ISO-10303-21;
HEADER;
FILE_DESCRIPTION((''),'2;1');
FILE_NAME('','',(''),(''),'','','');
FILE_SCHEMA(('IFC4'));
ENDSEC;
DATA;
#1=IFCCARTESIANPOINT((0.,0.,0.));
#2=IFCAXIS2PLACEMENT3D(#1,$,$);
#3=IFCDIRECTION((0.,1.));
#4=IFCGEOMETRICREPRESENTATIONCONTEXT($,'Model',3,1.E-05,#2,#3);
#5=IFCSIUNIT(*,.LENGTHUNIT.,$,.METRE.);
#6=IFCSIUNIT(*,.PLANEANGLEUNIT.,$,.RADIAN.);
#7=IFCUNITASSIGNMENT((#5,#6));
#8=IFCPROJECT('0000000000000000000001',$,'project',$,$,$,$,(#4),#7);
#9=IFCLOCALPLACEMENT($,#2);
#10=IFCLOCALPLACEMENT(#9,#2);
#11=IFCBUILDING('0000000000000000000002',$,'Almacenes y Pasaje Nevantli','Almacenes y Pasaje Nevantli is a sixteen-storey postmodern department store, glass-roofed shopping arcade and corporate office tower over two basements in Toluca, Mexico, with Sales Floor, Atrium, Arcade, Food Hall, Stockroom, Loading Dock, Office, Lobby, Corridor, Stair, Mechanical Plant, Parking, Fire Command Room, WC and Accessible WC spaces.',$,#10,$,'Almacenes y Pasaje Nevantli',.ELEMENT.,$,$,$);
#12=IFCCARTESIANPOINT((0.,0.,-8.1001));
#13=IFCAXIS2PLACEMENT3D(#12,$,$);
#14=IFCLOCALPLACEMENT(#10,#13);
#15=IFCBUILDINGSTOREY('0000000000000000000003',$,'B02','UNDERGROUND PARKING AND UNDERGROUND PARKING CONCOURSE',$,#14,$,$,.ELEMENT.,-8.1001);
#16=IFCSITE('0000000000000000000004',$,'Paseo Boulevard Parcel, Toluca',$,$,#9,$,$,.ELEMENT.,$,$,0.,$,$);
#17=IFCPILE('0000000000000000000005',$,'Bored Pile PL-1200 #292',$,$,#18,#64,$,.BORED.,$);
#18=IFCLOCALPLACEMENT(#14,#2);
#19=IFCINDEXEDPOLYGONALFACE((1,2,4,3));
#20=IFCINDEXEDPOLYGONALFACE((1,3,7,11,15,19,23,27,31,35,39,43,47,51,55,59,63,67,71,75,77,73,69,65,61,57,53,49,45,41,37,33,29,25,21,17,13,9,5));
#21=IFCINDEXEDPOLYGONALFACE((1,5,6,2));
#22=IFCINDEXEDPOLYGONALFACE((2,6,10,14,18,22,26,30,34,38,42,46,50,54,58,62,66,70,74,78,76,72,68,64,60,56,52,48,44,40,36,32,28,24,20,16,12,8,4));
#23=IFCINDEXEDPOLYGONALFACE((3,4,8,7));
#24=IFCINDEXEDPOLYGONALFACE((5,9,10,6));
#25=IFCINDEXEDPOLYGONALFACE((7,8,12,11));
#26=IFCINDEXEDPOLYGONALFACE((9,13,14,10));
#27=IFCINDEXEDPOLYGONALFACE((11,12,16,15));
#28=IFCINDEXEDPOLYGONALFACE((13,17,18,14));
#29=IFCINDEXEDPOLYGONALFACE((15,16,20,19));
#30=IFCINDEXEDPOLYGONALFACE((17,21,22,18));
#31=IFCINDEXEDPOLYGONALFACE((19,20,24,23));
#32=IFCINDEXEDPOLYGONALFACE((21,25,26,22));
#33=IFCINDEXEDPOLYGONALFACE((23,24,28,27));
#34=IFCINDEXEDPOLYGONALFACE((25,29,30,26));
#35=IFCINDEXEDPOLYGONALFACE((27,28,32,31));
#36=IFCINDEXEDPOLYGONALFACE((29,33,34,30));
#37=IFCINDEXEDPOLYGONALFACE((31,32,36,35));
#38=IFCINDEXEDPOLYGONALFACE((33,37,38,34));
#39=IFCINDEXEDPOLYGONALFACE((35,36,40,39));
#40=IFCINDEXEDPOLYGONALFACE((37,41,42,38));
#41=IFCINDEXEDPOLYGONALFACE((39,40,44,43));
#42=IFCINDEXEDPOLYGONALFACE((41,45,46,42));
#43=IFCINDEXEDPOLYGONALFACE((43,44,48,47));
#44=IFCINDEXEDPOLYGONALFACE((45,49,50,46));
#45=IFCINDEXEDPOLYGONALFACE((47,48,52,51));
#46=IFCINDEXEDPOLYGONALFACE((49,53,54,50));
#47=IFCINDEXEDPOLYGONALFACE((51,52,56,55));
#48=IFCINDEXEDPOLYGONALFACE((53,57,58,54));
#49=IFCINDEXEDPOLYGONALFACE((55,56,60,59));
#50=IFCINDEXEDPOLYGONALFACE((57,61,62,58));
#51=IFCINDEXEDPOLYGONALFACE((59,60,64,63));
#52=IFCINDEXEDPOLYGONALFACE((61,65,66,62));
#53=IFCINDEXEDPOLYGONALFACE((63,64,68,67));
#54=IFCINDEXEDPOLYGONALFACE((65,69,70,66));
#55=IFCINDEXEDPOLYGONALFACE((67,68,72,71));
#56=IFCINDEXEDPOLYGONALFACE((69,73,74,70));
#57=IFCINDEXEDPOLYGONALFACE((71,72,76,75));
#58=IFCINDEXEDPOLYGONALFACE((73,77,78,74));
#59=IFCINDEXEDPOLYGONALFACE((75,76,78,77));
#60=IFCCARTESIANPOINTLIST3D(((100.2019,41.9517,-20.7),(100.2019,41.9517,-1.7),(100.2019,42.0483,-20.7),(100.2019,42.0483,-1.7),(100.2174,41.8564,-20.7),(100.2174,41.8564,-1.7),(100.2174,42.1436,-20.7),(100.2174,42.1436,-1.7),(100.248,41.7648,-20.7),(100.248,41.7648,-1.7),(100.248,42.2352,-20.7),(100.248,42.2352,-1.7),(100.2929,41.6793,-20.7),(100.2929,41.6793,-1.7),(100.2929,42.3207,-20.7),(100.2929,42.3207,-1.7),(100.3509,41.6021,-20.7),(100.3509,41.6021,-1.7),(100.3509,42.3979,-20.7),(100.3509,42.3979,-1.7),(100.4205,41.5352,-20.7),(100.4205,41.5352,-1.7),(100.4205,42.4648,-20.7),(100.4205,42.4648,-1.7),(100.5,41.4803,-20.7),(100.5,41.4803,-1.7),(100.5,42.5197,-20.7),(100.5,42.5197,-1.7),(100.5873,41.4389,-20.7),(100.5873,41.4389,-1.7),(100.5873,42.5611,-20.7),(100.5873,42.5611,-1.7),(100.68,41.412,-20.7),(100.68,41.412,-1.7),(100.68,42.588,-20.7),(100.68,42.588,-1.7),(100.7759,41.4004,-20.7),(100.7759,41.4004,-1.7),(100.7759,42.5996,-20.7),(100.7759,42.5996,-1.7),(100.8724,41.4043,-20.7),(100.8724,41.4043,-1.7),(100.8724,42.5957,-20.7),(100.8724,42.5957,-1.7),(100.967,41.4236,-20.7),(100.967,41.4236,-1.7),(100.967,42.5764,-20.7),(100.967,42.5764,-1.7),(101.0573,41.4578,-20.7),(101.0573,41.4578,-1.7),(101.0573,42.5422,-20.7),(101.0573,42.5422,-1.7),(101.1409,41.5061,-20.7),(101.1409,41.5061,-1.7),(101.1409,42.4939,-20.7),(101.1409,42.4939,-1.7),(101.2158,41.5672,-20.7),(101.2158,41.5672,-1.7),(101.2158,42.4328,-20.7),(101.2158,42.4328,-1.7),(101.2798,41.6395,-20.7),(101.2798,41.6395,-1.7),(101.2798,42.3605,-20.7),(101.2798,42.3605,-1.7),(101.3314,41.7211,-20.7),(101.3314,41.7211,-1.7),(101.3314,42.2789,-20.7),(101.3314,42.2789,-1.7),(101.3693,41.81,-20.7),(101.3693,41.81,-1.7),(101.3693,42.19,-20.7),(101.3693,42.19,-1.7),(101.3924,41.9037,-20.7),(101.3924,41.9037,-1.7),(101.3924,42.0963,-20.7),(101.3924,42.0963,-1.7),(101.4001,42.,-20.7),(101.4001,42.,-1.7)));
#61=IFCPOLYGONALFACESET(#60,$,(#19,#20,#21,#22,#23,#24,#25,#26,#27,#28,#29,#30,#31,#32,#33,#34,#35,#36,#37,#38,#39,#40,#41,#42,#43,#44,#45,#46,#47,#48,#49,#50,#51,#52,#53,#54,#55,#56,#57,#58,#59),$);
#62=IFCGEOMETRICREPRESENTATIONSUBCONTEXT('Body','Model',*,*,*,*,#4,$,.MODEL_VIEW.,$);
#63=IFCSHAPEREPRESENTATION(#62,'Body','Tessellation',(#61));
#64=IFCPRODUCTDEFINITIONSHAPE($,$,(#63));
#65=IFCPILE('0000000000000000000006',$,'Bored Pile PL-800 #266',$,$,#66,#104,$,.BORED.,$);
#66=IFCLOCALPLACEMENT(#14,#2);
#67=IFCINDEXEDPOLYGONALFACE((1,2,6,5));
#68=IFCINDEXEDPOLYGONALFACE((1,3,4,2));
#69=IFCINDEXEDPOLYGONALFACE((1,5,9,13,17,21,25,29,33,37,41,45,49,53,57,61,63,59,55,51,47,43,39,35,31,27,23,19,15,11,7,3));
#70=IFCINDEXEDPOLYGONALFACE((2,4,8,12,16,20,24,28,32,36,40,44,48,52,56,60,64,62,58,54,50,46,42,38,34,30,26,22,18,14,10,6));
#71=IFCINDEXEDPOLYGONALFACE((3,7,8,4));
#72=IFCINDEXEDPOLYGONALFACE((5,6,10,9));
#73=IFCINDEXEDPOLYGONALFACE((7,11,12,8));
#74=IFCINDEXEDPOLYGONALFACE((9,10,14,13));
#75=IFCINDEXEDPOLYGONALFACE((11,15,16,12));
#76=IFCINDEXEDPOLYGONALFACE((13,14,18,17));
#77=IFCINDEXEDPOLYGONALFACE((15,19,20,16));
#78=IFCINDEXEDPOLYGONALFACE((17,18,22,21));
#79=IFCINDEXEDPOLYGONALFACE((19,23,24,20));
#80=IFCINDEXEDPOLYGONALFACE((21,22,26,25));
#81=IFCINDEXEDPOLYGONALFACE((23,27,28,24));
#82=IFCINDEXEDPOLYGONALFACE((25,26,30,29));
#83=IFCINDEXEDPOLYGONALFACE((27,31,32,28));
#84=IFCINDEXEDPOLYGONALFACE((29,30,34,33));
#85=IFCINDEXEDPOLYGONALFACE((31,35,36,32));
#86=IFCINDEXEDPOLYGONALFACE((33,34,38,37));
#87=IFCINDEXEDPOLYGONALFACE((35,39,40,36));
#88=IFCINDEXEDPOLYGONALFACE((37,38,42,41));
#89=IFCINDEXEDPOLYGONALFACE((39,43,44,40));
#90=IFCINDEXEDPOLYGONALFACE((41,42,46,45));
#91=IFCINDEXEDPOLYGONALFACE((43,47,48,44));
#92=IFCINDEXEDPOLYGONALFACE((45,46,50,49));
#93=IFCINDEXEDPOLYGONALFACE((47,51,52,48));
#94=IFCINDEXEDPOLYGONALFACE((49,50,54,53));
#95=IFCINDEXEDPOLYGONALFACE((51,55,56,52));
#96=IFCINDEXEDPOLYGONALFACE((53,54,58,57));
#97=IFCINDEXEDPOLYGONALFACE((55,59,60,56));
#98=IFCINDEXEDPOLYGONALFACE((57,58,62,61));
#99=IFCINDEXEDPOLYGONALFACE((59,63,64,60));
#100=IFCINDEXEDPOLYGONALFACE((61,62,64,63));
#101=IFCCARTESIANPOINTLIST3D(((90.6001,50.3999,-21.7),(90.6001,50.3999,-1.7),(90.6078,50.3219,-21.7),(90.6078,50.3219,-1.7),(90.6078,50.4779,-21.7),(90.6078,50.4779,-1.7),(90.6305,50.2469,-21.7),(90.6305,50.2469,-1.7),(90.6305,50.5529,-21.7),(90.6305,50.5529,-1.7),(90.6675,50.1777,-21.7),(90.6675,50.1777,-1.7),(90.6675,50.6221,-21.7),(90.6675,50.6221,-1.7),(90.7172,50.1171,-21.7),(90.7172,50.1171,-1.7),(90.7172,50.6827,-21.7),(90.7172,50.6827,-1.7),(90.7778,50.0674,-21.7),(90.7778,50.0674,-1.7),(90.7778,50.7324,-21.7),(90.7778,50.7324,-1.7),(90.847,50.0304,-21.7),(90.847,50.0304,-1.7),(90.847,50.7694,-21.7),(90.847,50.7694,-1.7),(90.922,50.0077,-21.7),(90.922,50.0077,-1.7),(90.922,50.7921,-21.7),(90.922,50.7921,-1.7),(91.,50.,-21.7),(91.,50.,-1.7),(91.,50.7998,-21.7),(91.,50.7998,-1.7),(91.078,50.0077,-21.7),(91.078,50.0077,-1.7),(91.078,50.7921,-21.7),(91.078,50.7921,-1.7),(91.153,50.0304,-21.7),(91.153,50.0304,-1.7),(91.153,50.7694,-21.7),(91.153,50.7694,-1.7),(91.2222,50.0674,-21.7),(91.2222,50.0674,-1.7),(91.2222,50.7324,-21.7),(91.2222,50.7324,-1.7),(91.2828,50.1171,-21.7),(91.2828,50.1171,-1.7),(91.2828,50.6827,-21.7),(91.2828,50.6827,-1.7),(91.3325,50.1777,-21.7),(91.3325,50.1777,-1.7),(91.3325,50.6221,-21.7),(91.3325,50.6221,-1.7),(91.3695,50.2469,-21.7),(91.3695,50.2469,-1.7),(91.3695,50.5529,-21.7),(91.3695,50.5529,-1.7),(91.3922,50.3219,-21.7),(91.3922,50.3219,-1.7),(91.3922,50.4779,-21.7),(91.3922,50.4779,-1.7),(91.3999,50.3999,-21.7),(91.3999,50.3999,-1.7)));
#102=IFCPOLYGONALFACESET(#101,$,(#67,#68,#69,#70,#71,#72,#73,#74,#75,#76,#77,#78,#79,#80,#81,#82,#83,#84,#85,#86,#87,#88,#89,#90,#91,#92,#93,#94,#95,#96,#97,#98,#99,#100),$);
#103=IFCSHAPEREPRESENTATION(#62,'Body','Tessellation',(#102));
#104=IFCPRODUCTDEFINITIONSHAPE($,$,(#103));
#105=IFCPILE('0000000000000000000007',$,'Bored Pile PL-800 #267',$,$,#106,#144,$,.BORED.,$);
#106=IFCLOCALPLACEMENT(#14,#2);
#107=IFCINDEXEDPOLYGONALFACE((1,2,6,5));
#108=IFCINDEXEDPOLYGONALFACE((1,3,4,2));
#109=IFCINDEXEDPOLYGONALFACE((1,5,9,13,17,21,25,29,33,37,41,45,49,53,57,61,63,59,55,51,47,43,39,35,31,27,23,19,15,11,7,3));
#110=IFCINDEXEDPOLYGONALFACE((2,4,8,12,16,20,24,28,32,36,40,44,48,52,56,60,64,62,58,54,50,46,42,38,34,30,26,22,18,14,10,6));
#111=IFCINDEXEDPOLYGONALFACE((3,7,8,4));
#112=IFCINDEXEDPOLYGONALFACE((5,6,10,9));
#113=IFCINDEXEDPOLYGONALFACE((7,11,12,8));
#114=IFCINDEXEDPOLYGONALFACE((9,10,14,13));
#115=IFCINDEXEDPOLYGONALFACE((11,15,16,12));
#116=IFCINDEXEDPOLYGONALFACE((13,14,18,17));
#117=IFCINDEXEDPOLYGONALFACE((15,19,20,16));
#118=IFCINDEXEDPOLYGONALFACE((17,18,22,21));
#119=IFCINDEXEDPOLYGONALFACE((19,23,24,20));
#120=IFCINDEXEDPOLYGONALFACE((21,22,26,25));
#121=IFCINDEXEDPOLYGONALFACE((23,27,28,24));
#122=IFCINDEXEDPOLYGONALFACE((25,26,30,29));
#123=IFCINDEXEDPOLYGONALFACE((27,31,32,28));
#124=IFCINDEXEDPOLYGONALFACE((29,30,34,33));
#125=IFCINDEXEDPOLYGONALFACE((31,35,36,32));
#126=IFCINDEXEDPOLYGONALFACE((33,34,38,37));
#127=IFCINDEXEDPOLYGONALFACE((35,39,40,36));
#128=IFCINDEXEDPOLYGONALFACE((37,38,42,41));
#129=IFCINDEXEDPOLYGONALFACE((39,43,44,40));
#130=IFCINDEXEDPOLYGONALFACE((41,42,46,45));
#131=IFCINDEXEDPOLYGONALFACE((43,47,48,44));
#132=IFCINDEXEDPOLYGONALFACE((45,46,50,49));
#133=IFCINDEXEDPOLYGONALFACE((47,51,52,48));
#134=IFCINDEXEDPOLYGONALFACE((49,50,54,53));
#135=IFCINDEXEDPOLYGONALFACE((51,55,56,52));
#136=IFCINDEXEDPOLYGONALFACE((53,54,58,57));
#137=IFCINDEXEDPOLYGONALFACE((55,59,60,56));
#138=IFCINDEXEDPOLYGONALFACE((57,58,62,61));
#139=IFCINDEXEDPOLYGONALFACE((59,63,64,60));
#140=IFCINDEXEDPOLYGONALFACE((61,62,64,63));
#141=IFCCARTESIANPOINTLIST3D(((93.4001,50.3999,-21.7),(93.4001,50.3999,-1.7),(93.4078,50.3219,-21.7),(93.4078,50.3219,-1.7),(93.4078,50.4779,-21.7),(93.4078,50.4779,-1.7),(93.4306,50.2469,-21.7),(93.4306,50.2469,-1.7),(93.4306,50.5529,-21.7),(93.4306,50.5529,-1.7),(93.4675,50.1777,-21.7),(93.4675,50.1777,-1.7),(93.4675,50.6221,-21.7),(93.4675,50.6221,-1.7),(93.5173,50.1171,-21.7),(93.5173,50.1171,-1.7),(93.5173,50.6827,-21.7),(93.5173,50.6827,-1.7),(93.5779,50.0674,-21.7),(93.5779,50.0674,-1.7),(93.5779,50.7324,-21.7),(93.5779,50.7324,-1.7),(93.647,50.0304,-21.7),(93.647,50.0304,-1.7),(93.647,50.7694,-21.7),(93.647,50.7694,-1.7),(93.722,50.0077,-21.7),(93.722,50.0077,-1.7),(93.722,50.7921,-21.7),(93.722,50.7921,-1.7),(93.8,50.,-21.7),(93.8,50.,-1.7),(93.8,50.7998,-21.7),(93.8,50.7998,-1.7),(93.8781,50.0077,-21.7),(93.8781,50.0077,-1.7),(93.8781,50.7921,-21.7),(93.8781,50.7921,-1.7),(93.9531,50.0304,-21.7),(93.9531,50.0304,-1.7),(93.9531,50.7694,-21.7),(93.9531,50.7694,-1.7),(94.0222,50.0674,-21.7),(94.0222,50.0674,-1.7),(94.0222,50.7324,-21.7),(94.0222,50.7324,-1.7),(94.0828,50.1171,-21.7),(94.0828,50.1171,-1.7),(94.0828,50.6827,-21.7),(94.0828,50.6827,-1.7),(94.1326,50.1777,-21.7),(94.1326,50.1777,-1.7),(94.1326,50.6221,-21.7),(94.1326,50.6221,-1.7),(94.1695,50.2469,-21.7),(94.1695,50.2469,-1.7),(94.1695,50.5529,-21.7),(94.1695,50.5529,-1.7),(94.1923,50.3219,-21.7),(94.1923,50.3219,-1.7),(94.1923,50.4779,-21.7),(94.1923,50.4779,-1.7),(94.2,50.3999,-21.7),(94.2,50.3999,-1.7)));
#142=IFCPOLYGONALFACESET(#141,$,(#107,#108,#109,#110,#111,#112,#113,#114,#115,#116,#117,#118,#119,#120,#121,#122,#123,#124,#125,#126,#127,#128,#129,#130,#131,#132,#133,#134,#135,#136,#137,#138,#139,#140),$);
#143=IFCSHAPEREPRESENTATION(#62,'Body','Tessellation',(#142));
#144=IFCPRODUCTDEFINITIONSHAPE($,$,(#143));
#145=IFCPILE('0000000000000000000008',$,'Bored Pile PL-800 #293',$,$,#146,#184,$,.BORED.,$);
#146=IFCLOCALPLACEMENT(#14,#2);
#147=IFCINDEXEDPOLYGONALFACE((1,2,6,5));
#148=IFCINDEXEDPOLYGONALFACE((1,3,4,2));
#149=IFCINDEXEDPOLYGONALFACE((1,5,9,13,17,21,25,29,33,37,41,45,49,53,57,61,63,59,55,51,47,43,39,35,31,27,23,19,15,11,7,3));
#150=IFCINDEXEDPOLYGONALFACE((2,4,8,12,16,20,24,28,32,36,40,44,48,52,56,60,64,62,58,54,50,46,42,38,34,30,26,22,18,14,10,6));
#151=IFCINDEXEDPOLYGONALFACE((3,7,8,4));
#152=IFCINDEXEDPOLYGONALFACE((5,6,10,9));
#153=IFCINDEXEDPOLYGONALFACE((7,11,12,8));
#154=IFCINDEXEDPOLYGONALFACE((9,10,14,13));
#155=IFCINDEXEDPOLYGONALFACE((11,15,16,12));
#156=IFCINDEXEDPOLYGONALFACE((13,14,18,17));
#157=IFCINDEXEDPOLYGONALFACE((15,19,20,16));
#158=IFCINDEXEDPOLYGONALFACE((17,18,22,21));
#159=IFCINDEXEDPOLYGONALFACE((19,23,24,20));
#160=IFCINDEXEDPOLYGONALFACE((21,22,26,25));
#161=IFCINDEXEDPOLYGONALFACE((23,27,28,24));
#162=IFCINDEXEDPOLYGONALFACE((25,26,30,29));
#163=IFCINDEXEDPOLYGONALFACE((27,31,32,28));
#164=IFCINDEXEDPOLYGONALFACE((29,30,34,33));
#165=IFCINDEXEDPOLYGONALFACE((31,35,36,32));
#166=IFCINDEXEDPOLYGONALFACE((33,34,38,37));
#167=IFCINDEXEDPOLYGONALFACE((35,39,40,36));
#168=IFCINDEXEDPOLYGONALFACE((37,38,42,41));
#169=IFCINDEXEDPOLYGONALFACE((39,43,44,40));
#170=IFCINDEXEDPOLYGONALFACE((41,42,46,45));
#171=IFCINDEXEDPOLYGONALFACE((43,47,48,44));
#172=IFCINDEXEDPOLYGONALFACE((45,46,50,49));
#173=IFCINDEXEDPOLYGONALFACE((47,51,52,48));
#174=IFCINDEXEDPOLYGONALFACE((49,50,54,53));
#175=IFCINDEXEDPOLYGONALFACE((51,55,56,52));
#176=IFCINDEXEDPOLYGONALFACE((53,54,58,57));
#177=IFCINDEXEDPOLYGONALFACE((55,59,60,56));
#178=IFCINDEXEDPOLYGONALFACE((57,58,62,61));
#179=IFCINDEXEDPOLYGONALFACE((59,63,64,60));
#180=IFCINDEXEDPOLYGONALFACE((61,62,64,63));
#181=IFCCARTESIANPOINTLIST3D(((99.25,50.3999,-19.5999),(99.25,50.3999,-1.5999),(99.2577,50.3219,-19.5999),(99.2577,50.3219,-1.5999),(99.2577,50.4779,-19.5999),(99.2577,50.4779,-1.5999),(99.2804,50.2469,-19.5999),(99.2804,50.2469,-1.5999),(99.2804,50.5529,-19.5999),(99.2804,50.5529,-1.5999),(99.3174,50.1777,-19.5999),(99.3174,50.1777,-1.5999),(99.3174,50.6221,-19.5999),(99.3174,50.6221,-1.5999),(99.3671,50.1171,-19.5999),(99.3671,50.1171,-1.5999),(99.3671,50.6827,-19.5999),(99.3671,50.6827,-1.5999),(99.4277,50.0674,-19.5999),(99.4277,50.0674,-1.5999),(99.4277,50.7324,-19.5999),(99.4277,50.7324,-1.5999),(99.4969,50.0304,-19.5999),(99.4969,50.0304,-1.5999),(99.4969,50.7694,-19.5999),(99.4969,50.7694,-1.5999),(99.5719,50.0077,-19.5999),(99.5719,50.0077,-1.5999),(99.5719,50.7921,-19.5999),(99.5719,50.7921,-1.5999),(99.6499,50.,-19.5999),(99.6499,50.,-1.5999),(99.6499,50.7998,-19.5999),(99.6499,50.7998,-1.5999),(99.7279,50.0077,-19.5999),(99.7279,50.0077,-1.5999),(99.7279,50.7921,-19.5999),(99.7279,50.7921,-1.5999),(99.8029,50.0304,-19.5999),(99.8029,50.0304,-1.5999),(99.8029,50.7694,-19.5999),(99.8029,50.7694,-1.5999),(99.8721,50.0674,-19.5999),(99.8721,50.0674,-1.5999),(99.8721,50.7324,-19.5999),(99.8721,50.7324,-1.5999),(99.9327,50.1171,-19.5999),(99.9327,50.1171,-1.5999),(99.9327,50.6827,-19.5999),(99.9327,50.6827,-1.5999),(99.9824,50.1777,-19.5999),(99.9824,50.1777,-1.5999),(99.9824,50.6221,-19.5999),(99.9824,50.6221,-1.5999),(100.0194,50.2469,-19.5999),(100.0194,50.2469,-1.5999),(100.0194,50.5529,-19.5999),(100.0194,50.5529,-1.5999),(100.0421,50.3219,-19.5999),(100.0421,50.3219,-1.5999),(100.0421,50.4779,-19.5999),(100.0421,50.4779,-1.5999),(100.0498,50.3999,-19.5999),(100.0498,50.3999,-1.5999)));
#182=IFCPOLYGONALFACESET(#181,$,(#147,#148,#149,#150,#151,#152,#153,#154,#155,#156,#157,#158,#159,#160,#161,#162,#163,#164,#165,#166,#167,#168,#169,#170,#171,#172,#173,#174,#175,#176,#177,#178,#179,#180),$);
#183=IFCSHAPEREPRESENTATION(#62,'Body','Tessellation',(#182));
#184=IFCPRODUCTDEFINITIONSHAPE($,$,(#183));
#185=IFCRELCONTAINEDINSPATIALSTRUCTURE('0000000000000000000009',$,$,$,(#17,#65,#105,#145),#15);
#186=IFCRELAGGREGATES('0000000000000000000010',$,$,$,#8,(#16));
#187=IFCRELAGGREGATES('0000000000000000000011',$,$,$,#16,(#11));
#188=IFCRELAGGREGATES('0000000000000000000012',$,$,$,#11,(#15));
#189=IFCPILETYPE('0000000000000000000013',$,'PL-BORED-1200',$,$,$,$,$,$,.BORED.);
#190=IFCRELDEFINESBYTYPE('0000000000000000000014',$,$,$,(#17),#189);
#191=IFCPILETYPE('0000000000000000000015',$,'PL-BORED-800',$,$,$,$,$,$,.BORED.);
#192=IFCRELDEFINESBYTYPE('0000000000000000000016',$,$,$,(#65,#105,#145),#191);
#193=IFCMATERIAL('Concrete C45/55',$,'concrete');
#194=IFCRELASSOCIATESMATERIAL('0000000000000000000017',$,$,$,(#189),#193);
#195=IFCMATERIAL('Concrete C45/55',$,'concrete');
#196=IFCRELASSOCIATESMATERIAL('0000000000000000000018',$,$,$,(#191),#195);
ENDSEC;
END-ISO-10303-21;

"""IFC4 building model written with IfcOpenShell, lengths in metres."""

from ifc_helpers import new_model, si_unit, direction, frame, origin, origin_2d, place, context, subcontext, project, spatial, circle, extrude, material, material_profile, profile_set, type_object, element, save


model = new_model("IFC4")

# Units and contexts
model_context = context("Model", 3, precision=1e-05, world=origin(), true_north=direction((0.0, 1.0)))
body_context = subcontext(model_context, "Body", "Model", "MODEL_VIEW")
ifc_project = project(units=[si_unit("LENGTHUNIT", "METRE"), si_unit("PLANEANGLEUNIT", "RADIAN")], contexts=[model_context])

# Site, building, storey
site_placement = place(None, origin())
site = spatial("IfcSite", under=ifc_project, at=site_placement, Name="Paseo Boulevard Parcel, Toluca", CompositionType="ELEMENT", RefElevation=0.0)
building_placement = place(site_placement, origin())
building = spatial("IfcBuilding", under=site, at=building_placement, Name="Almacenes y Pasaje Nevantli", Description="Almacenes y Pasaje Nevantli is a sixteen-storey postmodern department store, glass-roofed shopping arcade and corporate office tower over two basements in Toluca, Mexico, with Sales Floor, Atrium, Arcade, Food Hall, Stockroom, Loading Dock, Office, Lobby, Corridor, Stair, Mechanical Plant, Parking, Fire Command Room, WC and Accessible WC spaces.", LongName="Almacenes y Pasaje Nevantli", CompositionType="ELEMENT")
storey_placement = place(building_placement, frame((0.0, 0.0, -8.1001)))
storey = spatial("IfcBuildingStorey", under=building, at=storey_placement, Name="B02", Description="UNDERGROUND PARKING AND UNDERGROUND PARKING CONCOURSE", CompositionType="ELEMENT", Elevation=-8.1001)

# Piles
ifc_material_1 = material(Name="Concrete C45/55", Category="concrete")
ifc_material_profile_1 = material_profile(ifc_material_1, circle(Radius=0.6001, at=origin_2d()), Name="RC-PILE-D1200")
ifc_profile_set_1 = profile_set([ifc_material_profile_1], Name="Concrete C45/55")
pile_type_1 = type_object("IfcPileType", Name="PL-BORED-1200", PredefinedType="BORED", material=ifc_profile_set_1)
pile_placement = place(storey_placement, frame((100.8, 42.0, -1.7), z_axis=(0.0, 0.0, -1.0), x_axis=(1.0, 0.0, 0.0)))
element("IfcPile", 1, at=pile_placement, inside=storey, type_object=pile_type_1, Name="Bored Pile PL-1200 #292", PredefinedType="BORED", context=body_context, shape_type="SweptSolid", body=[
    extrude(circle(Radius=0.6001, at=origin_2d()), origin(), (0.0, 0.0, 1.0), 19.0),
])
ifc_material_2 = material(Name="Concrete C45/55", Category="concrete")
ifc_material_profile_2 = material_profile(ifc_material_2, circle(Radius=0.3999, at=origin_2d()), Name="RC-PILE-D800")
ifc_profile_set_2 = profile_set([ifc_material_profile_2], Name="Concrete C45/55")
pile_type_2 = type_object("IfcPileType", Name="PL-BORED-800", PredefinedType="BORED", material=ifc_profile_set_2)
for number, where, z_axis, x_axis, name in (
    (2, (91.0, 50.3999, -1.7), (0.0, 0.0, -1.0), (1.0, 0.0, 0.0), "Bored Pile PL-800 #266"),
    (3, (93.8, 50.3999, -1.7), (0.0, 0.0, -1.0), (1.0, 0.0, 0.0), "Bored Pile PL-800 #267"),
):
    element("IfcPile", number, at=place(storey_placement, frame(where, z_axis=z_axis, x_axis=x_axis)), inside=storey, type_object=pile_type_2, Name=name, PredefinedType="BORED", context=body_context, shape_type="SweptSolid", body=[
        extrude(circle(Radius=0.3999, at=origin_2d()), origin(), (0.0, 0.0, 1.0), 20.0),
    ])
for number, where, z_axis, x_axis, name in (
    (4, (99.6499, 50.3999, -1.5999), (0.0, 0.0, -1.0), (1.0, 0.0, 0.0), "Bored Pile PL-800 #293"),
):
    element("IfcPile", number, at=place(storey_placement, frame(where, z_axis=z_axis, x_axis=x_axis)), inside=storey, type_object=pile_type_2, Name=name, PredefinedType="BORED", context=body_context, shape_type="SweptSolid", body=[
        extrude(circle(Radius=0.3999, at=origin_2d()), origin(), (0.0, 0.0, 1.0), 18.0),
    ])

save(model, "model.ifc")
